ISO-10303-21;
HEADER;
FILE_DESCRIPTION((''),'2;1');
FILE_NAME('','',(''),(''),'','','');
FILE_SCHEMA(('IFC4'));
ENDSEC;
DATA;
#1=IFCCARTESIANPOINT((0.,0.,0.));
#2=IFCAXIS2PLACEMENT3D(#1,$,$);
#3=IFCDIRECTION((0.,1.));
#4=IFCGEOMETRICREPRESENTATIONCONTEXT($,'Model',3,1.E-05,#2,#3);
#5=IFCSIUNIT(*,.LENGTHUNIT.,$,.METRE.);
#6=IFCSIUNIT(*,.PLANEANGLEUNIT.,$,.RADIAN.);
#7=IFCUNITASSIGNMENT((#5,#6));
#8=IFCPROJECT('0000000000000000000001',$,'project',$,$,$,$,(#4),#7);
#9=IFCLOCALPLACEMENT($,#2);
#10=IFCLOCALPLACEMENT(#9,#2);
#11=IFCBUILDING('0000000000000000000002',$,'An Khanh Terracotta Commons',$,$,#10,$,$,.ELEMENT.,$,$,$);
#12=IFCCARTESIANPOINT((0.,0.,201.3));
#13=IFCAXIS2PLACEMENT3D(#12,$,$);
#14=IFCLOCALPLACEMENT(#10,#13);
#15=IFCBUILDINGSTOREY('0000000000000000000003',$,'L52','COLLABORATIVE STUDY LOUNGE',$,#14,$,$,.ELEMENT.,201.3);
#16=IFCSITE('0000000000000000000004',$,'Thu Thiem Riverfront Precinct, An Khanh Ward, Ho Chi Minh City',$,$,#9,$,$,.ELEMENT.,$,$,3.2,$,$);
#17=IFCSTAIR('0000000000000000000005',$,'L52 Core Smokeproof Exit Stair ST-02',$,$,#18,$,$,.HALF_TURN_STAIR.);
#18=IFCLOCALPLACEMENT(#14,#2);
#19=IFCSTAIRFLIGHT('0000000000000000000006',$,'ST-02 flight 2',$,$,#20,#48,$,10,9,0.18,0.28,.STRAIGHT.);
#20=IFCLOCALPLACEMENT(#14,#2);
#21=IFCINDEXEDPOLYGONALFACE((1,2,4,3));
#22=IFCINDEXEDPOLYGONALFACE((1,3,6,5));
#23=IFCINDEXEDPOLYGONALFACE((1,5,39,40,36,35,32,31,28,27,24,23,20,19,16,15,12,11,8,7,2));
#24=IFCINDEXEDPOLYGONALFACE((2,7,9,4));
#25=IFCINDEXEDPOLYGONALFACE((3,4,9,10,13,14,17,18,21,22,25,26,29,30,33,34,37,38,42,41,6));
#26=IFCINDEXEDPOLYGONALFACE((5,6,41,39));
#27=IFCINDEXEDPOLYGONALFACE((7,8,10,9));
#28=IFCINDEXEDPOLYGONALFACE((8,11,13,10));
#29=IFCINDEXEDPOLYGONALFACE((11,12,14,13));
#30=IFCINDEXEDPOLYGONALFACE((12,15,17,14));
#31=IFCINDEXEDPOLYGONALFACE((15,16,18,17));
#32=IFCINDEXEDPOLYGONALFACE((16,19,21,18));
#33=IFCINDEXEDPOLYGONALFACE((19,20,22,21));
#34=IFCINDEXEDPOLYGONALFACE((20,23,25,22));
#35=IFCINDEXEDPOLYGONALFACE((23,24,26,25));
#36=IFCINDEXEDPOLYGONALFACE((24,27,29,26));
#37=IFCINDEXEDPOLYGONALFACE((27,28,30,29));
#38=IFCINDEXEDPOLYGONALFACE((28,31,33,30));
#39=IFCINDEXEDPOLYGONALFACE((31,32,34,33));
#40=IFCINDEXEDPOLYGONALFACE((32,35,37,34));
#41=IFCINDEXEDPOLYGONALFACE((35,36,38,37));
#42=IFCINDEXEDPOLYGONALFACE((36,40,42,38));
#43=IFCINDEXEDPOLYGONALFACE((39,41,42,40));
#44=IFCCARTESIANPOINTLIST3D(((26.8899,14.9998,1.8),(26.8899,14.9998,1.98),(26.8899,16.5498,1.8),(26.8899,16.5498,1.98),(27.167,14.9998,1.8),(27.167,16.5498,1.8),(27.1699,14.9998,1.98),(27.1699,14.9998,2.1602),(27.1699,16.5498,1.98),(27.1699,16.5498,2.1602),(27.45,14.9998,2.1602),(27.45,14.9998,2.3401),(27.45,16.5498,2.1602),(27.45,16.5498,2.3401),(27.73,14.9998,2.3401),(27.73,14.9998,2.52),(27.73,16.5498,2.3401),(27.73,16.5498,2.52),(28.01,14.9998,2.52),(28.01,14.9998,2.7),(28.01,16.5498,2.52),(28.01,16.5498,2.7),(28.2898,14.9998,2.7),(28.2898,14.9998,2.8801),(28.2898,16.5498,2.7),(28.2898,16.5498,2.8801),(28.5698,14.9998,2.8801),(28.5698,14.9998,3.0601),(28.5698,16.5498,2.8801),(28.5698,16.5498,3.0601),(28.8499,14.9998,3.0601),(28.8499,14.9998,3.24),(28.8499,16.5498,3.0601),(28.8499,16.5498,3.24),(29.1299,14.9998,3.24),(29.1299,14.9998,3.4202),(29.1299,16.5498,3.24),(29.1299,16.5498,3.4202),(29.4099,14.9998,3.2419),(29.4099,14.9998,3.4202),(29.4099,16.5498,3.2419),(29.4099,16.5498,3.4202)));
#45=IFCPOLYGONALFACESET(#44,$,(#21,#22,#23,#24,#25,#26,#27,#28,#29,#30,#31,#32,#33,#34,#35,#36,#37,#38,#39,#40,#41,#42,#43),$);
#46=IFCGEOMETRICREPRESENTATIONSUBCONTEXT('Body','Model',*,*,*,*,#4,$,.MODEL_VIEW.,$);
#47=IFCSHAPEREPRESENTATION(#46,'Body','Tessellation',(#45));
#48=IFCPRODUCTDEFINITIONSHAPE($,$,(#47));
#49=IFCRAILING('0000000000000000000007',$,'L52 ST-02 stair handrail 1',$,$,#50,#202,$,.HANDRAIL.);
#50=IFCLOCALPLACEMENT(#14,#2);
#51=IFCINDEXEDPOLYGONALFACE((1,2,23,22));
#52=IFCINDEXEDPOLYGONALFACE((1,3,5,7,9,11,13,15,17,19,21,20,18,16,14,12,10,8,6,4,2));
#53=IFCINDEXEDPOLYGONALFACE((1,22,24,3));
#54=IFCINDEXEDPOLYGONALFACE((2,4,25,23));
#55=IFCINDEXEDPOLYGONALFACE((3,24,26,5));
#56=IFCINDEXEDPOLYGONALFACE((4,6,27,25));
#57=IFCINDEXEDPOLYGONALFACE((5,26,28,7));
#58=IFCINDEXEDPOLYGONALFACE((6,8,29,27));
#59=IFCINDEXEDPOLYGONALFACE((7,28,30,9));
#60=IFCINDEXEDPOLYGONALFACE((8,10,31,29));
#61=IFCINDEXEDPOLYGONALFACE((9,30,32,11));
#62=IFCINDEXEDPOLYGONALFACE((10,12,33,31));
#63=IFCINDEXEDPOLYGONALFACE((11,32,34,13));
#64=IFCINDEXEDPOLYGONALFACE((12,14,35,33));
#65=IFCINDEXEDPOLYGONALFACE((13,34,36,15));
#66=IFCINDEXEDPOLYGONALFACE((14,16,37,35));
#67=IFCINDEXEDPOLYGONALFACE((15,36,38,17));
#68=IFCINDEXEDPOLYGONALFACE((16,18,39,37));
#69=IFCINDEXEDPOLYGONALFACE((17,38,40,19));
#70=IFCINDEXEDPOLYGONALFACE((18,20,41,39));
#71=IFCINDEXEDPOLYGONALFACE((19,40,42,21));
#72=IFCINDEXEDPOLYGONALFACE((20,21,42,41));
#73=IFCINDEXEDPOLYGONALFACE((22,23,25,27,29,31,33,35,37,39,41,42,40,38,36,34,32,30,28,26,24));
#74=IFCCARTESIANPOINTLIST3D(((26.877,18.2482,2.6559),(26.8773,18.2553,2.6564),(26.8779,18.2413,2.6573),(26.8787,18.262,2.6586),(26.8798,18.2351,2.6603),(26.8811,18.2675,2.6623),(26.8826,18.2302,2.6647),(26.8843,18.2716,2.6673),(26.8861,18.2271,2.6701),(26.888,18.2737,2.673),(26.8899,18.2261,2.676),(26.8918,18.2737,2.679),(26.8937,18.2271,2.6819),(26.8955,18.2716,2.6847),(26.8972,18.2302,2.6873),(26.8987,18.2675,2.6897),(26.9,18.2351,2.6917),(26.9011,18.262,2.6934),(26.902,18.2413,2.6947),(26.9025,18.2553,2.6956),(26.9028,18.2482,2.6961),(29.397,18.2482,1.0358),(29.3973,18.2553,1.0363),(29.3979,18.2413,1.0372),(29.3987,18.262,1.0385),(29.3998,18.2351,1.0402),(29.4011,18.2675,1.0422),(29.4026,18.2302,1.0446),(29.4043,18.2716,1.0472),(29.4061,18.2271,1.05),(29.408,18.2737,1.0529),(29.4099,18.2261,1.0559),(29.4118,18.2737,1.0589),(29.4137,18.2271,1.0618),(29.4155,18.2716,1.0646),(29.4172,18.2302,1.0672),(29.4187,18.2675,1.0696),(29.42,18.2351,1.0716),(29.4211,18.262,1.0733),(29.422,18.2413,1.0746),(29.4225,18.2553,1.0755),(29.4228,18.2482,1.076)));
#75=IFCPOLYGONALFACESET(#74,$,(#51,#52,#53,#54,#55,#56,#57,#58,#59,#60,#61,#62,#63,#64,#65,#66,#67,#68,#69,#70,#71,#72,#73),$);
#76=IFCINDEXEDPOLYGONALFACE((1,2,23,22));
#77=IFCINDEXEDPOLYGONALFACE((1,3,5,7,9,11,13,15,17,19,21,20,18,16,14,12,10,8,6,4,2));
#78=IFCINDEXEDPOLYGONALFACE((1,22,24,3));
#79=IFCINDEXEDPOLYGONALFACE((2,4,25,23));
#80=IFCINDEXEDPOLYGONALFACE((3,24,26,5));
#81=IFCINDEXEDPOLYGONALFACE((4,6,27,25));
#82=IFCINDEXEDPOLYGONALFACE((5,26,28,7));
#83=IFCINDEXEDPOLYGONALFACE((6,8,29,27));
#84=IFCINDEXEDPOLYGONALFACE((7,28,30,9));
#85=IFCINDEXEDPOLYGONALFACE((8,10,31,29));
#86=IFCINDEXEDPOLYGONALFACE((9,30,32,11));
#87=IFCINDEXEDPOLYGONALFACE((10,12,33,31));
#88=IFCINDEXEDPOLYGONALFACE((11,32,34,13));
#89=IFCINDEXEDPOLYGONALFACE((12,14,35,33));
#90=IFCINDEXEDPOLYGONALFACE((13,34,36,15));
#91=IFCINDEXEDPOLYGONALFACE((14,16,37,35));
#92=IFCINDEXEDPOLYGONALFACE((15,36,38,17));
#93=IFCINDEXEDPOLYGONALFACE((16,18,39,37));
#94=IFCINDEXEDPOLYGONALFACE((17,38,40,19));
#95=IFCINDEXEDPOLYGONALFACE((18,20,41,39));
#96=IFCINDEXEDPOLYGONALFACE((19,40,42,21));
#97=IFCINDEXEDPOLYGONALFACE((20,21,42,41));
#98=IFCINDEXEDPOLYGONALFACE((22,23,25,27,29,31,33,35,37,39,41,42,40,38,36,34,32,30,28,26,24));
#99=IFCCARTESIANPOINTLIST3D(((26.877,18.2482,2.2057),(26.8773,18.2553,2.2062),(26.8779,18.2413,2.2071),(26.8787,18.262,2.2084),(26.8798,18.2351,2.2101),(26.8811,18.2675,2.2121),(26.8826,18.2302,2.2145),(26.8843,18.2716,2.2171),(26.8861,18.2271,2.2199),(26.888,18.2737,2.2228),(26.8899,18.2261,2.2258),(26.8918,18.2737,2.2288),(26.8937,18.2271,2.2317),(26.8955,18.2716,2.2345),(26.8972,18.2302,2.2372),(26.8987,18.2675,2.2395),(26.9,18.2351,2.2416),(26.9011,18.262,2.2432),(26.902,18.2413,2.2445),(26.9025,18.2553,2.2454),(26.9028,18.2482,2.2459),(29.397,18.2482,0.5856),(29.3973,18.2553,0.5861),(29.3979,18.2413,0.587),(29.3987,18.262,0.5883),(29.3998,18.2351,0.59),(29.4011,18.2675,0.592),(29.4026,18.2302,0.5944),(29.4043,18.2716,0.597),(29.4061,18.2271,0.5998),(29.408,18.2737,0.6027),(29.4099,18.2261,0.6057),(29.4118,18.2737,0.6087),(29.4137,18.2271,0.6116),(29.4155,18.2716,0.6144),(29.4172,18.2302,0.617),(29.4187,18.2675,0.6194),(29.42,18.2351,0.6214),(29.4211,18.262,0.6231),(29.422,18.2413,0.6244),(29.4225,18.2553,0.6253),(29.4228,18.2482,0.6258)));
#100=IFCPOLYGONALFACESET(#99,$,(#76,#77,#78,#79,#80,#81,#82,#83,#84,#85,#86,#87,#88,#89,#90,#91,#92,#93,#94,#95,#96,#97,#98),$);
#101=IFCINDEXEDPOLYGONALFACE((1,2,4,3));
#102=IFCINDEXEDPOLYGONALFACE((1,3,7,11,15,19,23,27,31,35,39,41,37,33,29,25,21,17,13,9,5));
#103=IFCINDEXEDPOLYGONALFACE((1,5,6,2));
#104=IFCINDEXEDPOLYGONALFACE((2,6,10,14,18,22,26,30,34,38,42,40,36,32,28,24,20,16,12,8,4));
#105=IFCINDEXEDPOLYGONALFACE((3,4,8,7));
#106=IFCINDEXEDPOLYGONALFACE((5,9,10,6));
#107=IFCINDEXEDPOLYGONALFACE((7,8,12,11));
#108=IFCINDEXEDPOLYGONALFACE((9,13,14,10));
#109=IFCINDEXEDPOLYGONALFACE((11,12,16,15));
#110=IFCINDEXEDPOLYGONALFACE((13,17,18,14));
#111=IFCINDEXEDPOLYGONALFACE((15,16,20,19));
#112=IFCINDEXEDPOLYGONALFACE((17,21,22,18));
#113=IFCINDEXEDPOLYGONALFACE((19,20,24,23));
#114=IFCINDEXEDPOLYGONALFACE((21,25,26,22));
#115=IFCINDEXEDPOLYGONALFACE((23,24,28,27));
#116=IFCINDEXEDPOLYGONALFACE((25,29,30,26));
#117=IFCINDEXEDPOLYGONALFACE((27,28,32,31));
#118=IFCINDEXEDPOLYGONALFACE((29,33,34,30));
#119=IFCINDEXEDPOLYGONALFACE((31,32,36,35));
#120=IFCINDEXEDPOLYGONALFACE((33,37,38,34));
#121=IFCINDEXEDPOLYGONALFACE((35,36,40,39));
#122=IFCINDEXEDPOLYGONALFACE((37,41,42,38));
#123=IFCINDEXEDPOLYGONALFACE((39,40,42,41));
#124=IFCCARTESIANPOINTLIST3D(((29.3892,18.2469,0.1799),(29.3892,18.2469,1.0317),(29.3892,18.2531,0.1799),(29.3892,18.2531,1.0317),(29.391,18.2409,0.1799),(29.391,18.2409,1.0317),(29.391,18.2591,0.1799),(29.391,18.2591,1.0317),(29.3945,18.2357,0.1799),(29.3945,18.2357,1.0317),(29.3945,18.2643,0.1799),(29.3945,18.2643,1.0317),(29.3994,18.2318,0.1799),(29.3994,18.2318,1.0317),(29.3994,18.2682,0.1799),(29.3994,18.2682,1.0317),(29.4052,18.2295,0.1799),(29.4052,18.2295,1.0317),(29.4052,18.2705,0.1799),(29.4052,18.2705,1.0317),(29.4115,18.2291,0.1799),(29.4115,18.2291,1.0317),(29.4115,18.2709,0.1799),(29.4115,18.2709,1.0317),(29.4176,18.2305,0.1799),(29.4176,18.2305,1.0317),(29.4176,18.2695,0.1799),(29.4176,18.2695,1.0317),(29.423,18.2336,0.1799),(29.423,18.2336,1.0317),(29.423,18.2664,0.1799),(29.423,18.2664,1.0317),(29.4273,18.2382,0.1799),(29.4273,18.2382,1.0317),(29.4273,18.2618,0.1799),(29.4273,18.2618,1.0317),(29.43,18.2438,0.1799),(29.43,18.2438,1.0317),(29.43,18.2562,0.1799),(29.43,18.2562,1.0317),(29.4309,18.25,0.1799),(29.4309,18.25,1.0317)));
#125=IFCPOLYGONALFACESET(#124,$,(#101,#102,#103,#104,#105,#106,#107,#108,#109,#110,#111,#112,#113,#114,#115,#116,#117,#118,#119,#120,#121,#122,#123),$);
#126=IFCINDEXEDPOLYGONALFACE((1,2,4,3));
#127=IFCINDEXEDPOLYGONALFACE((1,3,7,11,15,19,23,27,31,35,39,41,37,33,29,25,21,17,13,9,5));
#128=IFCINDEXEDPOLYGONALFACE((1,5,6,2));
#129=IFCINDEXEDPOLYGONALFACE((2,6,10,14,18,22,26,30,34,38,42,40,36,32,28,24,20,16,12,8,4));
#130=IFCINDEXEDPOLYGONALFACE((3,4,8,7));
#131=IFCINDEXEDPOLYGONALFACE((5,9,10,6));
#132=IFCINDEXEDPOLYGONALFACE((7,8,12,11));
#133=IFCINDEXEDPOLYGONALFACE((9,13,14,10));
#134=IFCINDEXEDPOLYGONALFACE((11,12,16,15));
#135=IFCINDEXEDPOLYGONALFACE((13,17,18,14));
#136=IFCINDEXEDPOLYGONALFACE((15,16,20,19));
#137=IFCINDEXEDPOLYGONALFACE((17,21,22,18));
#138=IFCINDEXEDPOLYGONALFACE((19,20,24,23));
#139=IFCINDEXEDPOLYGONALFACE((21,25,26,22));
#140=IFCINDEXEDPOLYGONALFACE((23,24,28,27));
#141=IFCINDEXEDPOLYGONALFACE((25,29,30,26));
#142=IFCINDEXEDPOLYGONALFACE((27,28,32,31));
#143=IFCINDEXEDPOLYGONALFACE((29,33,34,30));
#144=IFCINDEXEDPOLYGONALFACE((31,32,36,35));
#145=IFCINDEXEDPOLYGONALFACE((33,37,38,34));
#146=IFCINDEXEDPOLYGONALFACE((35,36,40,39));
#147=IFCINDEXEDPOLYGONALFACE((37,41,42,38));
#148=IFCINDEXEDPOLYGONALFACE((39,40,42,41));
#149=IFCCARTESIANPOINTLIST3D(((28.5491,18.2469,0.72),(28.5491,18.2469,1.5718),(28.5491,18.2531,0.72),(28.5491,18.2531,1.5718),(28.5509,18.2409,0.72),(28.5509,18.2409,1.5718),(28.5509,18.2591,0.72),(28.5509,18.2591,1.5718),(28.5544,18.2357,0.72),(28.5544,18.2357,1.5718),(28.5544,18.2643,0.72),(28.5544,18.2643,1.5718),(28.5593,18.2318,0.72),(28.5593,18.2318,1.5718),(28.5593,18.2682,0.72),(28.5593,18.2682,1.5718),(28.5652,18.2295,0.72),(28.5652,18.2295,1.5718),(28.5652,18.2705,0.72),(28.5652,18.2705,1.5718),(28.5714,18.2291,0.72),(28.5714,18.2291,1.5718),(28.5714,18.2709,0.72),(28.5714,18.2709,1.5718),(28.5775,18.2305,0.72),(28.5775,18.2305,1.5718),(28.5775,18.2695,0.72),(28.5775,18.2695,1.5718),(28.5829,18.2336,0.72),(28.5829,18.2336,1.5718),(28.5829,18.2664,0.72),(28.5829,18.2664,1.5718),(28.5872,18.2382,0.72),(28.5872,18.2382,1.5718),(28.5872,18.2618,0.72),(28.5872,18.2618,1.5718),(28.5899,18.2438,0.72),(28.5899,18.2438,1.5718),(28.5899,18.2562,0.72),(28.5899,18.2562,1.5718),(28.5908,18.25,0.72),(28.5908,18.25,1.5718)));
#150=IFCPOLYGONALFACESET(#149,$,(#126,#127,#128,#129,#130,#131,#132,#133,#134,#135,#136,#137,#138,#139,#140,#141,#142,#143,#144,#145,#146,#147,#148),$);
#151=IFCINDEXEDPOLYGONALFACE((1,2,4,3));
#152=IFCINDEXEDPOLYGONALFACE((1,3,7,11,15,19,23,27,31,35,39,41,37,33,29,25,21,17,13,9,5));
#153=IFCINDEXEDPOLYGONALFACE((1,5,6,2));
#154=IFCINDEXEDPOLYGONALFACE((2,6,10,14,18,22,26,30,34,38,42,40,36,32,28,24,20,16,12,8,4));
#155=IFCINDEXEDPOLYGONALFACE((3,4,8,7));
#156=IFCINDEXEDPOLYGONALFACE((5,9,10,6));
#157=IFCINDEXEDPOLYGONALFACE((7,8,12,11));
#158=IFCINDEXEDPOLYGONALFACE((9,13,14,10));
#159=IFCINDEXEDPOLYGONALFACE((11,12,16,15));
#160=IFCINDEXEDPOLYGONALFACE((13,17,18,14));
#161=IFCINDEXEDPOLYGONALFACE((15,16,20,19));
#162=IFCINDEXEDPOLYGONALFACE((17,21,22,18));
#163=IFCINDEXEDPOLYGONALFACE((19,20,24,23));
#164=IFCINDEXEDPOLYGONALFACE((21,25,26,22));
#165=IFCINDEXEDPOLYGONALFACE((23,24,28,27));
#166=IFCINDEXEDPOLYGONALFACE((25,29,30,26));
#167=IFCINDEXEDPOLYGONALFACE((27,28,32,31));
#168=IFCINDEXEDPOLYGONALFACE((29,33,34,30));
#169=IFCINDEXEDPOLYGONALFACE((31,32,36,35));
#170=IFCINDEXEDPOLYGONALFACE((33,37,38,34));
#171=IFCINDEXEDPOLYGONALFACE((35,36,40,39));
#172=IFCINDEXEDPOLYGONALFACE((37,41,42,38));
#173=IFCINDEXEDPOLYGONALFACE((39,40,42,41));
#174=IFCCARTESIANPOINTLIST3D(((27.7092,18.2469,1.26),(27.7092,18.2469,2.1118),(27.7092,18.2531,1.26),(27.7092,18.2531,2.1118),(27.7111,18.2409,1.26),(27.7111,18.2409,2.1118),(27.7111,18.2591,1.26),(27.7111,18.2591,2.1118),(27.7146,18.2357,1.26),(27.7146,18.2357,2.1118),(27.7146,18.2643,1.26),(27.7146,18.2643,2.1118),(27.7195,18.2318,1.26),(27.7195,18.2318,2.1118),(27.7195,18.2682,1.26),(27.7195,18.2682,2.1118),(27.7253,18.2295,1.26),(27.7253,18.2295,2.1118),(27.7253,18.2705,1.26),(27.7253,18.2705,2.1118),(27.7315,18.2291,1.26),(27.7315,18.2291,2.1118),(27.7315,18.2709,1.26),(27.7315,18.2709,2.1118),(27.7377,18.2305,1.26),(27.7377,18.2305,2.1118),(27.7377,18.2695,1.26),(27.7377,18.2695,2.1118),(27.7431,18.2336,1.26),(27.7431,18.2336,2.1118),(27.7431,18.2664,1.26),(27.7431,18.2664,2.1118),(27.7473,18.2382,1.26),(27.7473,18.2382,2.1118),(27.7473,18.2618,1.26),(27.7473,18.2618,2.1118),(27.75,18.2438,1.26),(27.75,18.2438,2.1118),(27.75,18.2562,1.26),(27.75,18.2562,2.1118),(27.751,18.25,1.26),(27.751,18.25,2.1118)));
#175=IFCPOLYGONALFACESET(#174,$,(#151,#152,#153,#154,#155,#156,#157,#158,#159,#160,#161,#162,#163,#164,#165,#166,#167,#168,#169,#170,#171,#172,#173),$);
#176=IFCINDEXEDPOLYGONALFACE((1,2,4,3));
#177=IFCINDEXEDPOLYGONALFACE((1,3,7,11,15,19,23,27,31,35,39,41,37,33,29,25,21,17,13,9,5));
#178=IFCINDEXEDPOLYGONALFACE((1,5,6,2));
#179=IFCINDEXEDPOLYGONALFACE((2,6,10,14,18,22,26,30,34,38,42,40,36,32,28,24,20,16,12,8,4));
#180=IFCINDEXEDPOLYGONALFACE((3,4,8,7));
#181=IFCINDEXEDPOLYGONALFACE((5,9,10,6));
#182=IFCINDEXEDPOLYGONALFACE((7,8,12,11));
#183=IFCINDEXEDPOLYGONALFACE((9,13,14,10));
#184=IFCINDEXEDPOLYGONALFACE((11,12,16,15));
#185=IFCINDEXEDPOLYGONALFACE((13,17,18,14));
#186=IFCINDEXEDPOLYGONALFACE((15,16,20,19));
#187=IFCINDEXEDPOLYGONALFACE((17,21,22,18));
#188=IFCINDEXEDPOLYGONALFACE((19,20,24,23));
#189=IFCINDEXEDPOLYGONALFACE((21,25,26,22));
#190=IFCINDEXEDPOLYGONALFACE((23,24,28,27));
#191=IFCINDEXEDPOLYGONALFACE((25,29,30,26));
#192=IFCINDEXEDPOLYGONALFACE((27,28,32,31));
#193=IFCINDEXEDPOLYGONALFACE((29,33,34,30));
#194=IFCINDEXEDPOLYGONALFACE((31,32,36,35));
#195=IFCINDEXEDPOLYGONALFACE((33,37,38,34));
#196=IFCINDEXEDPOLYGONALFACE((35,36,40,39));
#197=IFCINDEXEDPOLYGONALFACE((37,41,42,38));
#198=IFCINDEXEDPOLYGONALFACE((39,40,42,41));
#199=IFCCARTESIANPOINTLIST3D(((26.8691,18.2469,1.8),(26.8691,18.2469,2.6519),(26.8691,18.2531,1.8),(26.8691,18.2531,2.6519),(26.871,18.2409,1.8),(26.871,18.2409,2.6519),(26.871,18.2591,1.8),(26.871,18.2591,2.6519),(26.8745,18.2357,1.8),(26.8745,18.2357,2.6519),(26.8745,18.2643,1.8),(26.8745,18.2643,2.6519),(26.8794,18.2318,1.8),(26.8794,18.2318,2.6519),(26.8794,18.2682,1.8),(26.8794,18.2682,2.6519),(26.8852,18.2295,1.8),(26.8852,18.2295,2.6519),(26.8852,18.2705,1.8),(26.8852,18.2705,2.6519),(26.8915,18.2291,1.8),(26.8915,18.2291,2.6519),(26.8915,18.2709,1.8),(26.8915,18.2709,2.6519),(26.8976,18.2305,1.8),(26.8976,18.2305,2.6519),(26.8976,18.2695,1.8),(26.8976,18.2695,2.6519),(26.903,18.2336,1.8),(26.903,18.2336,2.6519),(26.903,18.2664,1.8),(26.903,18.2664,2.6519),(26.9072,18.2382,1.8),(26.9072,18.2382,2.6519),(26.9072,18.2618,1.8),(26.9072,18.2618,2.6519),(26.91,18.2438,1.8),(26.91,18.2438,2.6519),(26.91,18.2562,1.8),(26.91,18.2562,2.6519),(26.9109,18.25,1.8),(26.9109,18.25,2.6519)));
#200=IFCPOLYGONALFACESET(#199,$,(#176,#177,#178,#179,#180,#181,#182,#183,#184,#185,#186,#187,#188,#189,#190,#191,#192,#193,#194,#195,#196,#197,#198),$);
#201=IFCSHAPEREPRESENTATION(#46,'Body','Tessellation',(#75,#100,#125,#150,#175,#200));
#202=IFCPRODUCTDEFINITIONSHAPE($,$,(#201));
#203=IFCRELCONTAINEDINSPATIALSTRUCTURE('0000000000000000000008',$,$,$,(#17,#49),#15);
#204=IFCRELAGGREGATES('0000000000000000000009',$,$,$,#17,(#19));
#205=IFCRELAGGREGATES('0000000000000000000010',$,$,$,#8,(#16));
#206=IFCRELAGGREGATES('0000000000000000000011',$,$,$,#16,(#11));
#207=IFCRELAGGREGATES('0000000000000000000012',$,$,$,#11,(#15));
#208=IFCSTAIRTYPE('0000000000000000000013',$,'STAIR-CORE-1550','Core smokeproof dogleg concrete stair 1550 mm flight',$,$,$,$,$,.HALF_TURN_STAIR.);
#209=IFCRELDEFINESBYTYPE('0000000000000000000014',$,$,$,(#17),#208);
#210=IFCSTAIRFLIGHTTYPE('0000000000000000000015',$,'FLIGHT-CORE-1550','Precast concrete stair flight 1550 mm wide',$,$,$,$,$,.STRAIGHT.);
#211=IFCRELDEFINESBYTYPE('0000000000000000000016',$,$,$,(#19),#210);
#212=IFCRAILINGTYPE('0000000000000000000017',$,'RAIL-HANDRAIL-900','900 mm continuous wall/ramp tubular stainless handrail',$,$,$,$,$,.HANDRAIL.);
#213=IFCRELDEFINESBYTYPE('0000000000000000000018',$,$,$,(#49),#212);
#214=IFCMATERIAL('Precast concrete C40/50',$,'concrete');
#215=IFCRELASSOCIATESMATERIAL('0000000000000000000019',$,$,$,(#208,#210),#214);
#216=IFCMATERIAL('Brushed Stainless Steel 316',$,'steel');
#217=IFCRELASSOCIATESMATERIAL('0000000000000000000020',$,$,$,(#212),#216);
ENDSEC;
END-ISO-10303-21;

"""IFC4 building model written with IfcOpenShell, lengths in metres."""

from ifc_helpers import new_model, si_unit, direction, frame, origin, origin_2d, place, context, subcontext, project, spatial, polyline, circle, outline, extrude, material, type_object, element, aggregate, save


model = new_model("IFC4")

# Units and contexts
model_context = context("Model", 3, precision=1e-05, world=origin(), true_north=direction((0.0, 1.0)))
body_context = subcontext(model_context, "Body", "Model", "MODEL_VIEW")
ifc_project = project(units=[si_unit("LENGTHUNIT", "METRE"), si_unit("PLANEANGLEUNIT", "RADIAN")], contexts=[model_context])

# Site, building, storey
site_placement = place(None, origin())
site = spatial("IfcSite", under=ifc_project, at=site_placement, Name="Thu Thiem Riverfront Precinct, An Khanh Ward, Ho Chi Minh City", CompositionType="ELEMENT", RefElevation=3.2)
building_placement = place(site_placement, origin())
building = spatial("IfcBuilding", under=site, at=building_placement, Name="An Khanh Terracotta Commons", CompositionType="ELEMENT")
storey_placement = place(building_placement, frame((0.0, 0.0, 201.3)))
storey = spatial("IfcBuildingStorey", under=building, at=storey_placement, Name="L52", Description="COLLABORATIVE STUDY LOUNGE", CompositionType="ELEMENT", Elevation=201.3)

# Stair, stair flight
ifc_material_1 = material(Name="Precast concrete C40/50", Category="concrete")
stair_type = type_object("IfcStairType", Name="STAIR-CORE-1550", Description="Core smokeproof dogleg concrete stair 1550 mm flight", PredefinedType="HALF_TURN_STAIR", material=ifc_material_1)
stair_placement = place(storey_placement, origin())
stair = element("IfcStair", 1, at=stair_placement, inside=storey, type_object=stair_type, Name="L52 Core Smokeproof Exit Stair ST-02", PredefinedType="HALF_TURN_STAIR")
stair_flight_type = type_object("IfcStairFlightType", Name="FLIGHT-CORE-1550", Description="Precast concrete stair flight 1550 mm wide", PredefinedType="STRAIGHT", material=ifc_material_1)
stair_flight_1_placement = place(storey_placement, frame((26.8899, 15.7749, 1.8), z_axis=(0.0, 0.0, 1.0), x_axis=(1.0, 0.0, 0.0)))
stair_flight_1 = element("IfcStairFlight", 2, at=stair_flight_1_placement, type_object=stair_flight_type, Name="ST-02 flight 2", NumberOfRisers=10, NumberOfTreads=9, PredefinedType="STRAIGHT", RiserHeight=0.18, TreadLength=0.28, context=body_context, shape_type="SweptSolid", body=[
    extrude(outline(polyline([(0.0, 0.0), (0.0, 0.1799), (0.28, 0.1799), (0.28, 0.3601), (0.5601, 0.3601), (0.5601, 0.54), (0.8401, 0.54), (0.8401, 0.72), (1.1201, 0.72), (1.1201, 0.8999), (1.3999, 0.8999), (1.3999, 1.0801), (1.6799, 1.0801), (1.6799, 1.26), (1.96, 1.26), (1.96, 1.4399), (2.24, 1.4399), (2.24, 1.6201), (2.52, 1.6201), (2.52, 1.8), (2.52, 1.4419), (0.2771, 0.0), (0.0, 0.0)])), frame((0.0, 0.7749, 0.0), z_axis=(0.0, -1.0, 0.0), x_axis=(1.0, 0.0, 0.0)), (0.0, 0.0, 1.0), 1.55),
])
aggregate(stair, [stair_flight_1])

# Railing
ifc_material_2 = material(Name="Brushed Stainless Steel 316", Category="steel")
railing_type_1 = type_object("IfcRailingType", Name="RAIL-HANDRAIL-900", Description="900 mm continuous wall/ramp tubular stainless handrail", PredefinedType="HANDRAIL", material=ifc_material_2)
railing_1_placement = place(storey_placement, frame((29.4099, 18.25, 0.1799)))
element("IfcRailing", 3, at=railing_1_placement, inside=storey, type_object=railing_type_1, Name="L52 ST-02 stair handrail 1", PredefinedType="HANDRAIL", context=body_context, shape_type="SweptSolid", body=[
    extrude(circle(Radius=0.0239, at=origin_2d()), frame((0.0, 0.0, 0.876), z_axis=(-0.841163, 0.0, 0.540782), x_axis=(0.0, -1.0, 0.0)), (0.0, 0.0, 1.0), 2.9958),
    extrude(circle(Radius=0.0239, at=origin_2d()), frame((0.0, 0.0, 0.4258), z_axis=(-0.841163, 0.0, 0.540782), x_axis=(0.0, -1.0, 0.0)), (0.0, 0.0, 1.0), 2.9958),
    extrude(circle(Radius=0.021, at=origin_2d()), origin(), (0.0, 0.0, 1.0), 0.8518),
    extrude(circle(Radius=0.021, at=origin_2d()), frame((-0.8401, 0.0, 0.54)), (0.0, 0.0, 1.0), 0.8518),
    extrude(circle(Radius=0.021, at=origin_2d()), frame((-1.6799, 0.0, 1.0801)), (0.0, 0.0, 1.0), 0.8518),
    extrude(circle(Radius=0.021, at=origin_2d()), frame((-2.52, 0.0, 1.6201)), (0.0, 0.0, 1.0), 0.8518),
])

save(model, "model.ifc")
